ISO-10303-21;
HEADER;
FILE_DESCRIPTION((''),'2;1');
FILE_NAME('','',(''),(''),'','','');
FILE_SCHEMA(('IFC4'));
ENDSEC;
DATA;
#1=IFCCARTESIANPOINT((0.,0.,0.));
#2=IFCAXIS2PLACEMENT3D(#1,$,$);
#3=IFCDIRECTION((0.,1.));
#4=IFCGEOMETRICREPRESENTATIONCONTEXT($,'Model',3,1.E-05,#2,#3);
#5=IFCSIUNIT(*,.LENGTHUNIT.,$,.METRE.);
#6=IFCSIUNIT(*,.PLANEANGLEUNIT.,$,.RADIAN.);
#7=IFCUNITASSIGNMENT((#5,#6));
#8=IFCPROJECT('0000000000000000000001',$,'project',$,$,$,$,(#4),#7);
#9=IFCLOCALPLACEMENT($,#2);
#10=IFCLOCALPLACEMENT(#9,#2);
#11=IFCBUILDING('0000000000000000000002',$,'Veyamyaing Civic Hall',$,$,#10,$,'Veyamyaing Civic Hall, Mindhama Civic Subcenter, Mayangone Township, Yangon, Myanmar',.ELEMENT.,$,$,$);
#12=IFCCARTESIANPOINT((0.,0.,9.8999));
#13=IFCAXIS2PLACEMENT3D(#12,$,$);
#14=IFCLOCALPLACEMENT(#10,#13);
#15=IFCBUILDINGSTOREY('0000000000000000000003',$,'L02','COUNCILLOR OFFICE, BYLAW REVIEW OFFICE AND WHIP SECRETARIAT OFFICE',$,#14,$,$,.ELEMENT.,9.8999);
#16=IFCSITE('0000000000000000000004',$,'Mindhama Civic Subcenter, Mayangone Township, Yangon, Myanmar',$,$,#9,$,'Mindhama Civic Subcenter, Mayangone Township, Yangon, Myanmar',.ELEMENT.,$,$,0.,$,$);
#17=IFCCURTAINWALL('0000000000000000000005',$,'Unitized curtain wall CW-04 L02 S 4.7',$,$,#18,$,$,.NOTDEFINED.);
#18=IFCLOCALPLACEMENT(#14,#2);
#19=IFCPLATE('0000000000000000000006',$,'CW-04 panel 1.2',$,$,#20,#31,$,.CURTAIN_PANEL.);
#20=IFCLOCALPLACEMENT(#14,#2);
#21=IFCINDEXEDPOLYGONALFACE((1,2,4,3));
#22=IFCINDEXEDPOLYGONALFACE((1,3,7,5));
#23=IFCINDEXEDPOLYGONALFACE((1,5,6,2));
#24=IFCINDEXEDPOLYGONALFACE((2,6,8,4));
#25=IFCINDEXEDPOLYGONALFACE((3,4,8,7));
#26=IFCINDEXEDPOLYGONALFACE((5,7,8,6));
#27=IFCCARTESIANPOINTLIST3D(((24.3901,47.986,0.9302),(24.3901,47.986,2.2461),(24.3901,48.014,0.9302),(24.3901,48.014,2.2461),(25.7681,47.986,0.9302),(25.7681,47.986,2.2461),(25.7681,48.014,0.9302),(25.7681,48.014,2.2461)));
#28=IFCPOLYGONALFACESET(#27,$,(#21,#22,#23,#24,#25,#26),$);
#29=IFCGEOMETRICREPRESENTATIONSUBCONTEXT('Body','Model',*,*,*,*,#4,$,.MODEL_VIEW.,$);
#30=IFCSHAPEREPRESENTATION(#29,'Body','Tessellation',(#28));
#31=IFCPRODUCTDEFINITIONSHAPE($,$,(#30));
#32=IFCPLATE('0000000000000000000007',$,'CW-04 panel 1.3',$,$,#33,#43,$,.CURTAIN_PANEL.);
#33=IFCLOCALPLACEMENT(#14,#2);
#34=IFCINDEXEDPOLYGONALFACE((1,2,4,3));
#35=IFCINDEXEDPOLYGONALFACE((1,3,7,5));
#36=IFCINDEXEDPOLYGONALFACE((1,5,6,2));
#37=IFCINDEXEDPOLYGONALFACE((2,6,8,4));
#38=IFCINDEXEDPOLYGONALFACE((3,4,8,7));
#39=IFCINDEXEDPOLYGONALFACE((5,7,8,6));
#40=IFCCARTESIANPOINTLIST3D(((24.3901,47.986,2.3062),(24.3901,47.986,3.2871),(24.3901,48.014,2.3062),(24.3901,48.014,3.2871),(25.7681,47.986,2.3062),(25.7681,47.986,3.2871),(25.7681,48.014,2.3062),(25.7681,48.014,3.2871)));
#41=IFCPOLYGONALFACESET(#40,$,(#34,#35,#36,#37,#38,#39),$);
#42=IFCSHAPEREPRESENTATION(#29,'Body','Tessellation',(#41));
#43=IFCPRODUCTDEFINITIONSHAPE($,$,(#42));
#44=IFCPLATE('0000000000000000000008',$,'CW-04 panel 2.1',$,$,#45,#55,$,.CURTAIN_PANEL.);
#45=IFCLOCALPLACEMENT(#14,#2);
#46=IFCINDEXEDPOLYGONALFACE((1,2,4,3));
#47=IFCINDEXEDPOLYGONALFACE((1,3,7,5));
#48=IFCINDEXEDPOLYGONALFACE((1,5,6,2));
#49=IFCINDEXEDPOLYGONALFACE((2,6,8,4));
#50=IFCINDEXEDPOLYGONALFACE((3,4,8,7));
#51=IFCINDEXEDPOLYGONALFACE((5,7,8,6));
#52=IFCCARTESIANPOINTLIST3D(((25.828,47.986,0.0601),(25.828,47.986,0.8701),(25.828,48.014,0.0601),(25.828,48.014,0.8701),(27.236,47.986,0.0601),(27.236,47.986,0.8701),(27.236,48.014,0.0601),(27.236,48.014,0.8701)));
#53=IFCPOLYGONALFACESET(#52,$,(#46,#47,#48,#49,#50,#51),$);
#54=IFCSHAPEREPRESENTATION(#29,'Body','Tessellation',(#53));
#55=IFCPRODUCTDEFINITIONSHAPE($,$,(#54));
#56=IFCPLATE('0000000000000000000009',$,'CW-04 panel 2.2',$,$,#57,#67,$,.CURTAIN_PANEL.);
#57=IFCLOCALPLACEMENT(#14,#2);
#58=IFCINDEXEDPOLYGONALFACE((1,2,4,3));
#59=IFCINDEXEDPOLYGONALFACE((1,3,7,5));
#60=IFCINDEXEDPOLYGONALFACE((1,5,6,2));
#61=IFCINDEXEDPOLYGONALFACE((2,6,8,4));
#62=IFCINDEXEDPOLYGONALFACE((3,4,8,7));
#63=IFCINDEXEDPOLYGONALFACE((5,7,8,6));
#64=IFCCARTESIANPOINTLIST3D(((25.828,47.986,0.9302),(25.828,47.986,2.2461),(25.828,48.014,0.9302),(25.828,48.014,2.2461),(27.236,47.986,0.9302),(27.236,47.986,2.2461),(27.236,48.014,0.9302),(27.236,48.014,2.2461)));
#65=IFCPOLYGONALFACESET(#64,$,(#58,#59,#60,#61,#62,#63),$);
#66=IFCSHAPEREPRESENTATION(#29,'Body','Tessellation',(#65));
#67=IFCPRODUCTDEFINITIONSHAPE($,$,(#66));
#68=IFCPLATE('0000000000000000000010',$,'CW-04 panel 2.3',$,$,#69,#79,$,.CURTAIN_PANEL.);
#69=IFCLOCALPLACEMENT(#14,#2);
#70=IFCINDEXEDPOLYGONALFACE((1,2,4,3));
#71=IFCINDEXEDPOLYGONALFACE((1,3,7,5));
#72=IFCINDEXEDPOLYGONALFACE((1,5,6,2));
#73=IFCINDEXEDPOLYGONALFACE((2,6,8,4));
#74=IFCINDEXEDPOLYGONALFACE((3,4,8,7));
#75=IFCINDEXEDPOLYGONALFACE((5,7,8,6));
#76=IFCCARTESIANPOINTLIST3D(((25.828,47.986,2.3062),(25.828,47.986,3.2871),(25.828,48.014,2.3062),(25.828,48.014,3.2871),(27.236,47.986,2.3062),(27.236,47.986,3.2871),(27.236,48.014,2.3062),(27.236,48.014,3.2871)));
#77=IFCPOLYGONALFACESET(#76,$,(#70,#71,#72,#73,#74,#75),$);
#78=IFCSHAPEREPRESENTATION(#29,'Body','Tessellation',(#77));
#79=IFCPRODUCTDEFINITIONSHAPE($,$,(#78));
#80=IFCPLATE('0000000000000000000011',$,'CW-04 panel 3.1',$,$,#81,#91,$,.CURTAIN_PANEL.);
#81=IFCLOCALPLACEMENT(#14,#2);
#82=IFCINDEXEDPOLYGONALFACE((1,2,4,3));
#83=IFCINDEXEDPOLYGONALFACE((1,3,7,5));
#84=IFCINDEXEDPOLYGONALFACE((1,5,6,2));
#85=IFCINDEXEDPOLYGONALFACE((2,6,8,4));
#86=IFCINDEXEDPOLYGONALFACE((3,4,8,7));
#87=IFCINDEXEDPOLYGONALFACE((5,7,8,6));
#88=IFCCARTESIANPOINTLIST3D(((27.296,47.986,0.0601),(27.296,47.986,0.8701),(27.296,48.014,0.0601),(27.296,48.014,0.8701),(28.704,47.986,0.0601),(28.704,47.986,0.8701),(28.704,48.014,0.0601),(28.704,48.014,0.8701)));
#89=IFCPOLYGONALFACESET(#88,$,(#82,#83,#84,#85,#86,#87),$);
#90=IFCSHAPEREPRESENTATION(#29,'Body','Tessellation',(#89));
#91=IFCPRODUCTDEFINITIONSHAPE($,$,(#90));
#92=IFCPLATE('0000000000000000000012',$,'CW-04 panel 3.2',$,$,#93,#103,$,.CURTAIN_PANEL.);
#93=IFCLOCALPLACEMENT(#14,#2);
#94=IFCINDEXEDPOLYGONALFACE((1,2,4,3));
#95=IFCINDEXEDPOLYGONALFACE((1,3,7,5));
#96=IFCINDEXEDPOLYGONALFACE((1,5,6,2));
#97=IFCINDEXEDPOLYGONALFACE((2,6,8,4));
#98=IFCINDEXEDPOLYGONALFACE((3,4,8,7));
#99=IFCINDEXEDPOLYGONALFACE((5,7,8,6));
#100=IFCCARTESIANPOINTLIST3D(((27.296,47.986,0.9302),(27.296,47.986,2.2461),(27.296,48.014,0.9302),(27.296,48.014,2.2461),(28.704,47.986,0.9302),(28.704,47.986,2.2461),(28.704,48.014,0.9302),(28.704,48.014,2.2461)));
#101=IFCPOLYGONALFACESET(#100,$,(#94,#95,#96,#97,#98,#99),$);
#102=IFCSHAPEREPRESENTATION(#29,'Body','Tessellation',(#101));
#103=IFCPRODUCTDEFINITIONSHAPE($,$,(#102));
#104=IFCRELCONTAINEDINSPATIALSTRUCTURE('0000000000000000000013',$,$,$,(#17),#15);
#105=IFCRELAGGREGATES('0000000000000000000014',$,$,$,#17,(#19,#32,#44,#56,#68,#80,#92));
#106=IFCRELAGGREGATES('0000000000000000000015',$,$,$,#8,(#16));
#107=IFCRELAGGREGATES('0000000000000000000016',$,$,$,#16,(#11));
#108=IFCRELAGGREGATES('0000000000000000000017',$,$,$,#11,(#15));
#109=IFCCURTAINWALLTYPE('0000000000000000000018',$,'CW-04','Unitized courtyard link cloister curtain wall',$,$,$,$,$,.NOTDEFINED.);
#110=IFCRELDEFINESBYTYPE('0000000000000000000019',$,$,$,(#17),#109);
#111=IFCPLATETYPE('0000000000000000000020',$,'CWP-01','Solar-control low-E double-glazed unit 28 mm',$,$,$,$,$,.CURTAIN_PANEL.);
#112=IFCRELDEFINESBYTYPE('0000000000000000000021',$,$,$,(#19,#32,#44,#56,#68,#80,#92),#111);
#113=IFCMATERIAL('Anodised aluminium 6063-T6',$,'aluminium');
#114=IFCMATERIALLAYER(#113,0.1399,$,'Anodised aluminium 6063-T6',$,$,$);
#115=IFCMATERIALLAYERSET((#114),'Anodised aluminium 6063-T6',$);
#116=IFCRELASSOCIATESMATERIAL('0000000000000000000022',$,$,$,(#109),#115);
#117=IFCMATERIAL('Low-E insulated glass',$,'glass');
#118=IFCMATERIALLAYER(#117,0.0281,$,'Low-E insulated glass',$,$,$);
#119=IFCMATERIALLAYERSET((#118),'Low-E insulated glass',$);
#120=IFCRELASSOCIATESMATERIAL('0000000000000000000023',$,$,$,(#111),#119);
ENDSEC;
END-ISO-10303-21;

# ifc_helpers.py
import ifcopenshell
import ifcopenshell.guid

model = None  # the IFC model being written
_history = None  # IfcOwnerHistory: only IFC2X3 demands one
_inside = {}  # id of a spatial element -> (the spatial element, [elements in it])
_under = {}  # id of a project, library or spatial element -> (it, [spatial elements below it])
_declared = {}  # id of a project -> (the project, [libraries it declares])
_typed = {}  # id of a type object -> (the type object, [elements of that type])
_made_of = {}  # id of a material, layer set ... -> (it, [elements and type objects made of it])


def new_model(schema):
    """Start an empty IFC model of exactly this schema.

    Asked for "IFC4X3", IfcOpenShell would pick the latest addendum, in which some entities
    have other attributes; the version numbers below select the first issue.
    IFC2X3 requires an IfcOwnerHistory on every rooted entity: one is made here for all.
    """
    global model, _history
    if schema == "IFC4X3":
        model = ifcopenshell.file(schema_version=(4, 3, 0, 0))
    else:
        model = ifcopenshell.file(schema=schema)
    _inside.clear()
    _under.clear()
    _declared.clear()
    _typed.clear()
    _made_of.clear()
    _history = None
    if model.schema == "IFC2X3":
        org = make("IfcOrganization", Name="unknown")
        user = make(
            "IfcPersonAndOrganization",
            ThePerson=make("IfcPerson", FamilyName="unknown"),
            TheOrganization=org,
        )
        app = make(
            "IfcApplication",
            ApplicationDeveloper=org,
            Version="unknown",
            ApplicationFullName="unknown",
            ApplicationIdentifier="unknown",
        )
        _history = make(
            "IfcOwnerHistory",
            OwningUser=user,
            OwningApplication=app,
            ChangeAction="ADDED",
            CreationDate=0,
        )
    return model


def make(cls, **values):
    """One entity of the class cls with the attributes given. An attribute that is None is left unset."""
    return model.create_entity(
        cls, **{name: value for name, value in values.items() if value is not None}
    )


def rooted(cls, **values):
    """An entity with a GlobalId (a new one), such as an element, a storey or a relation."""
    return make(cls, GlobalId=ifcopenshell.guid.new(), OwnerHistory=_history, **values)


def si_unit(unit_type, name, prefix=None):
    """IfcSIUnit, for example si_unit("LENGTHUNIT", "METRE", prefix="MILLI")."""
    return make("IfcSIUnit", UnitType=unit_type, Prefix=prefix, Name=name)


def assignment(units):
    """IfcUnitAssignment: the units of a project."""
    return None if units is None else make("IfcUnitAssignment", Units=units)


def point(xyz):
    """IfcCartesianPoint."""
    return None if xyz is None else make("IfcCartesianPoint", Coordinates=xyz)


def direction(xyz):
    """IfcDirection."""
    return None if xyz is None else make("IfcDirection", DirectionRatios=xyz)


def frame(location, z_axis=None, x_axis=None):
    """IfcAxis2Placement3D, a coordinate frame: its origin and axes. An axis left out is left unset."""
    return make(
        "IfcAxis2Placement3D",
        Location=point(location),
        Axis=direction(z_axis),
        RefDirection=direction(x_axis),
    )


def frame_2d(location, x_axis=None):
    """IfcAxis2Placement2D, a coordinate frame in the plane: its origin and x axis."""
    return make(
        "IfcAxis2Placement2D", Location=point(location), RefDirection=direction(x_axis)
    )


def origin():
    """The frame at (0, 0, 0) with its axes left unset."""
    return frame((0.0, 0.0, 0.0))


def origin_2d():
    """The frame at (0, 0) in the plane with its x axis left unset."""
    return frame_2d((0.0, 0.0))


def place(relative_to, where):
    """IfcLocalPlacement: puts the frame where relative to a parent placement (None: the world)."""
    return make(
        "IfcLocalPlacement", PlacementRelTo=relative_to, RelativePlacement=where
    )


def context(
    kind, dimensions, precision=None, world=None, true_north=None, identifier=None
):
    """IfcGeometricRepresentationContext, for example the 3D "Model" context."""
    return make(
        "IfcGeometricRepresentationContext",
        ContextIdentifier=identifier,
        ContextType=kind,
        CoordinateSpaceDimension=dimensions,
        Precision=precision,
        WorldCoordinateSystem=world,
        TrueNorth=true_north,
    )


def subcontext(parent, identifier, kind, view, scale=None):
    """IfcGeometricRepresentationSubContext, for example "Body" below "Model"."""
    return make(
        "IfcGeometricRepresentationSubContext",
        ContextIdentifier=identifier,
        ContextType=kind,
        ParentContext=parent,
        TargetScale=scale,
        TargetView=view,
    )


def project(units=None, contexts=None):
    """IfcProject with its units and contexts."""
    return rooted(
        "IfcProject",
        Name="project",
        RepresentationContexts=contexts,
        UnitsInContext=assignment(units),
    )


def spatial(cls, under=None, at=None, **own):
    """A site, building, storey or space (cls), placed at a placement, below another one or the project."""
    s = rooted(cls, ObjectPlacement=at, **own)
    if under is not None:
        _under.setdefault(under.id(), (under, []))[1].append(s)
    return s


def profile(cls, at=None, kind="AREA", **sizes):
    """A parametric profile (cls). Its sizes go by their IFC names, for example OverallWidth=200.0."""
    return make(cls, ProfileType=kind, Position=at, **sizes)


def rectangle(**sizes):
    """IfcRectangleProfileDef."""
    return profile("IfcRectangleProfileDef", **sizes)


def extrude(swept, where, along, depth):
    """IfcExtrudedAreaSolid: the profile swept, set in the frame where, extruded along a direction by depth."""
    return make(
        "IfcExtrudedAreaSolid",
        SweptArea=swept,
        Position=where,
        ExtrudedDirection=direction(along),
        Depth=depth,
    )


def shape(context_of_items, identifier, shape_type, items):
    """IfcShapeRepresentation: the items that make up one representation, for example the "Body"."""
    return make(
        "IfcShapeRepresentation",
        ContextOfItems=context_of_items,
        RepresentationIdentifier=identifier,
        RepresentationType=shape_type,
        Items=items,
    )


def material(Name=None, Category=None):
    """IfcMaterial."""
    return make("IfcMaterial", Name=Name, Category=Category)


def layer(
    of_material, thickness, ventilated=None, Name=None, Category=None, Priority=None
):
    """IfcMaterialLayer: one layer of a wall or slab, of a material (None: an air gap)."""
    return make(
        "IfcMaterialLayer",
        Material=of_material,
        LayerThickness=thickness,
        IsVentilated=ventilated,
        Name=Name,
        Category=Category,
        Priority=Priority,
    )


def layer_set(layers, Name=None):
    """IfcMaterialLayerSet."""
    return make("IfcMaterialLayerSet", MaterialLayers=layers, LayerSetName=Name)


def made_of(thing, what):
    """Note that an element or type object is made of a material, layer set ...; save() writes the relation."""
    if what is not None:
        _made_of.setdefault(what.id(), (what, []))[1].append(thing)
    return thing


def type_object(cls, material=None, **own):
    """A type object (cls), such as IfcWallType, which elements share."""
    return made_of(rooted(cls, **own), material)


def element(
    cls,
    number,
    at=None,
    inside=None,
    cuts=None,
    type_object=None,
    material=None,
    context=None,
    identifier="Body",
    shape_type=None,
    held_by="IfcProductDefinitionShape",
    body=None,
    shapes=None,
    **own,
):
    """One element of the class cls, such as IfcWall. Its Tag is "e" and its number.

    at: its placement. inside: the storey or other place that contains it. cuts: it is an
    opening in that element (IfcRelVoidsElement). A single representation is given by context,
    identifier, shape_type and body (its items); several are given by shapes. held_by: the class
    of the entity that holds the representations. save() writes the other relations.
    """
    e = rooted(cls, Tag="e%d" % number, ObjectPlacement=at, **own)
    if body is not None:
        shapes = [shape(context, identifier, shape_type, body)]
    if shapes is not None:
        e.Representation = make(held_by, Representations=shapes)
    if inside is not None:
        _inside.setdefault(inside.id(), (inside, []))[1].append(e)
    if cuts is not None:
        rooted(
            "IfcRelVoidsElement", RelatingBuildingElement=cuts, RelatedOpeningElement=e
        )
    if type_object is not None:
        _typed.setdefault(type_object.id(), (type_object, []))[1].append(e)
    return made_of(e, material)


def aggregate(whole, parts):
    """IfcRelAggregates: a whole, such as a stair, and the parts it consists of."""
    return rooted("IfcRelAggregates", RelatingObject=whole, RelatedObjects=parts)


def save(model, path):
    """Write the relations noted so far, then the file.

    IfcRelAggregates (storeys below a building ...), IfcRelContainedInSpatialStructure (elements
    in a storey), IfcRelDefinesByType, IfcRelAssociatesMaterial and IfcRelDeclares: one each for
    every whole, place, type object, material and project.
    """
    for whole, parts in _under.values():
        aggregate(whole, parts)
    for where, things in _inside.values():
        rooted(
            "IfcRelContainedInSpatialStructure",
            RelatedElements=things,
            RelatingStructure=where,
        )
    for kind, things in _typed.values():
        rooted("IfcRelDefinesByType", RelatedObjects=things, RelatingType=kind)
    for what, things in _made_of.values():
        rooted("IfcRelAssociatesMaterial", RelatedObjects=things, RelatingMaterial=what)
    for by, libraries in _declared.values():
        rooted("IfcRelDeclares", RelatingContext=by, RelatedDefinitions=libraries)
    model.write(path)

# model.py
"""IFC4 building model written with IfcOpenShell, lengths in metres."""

from ifc_helpers import new_model, si_unit, direction, frame, origin, origin_2d, place, context, subcontext, project, spatial, rectangle, extrude, material, layer, layer_set, type_object, element, aggregate, save


model = new_model("IFC4")

# Units and contexts
model_context = context("Model", 3, precision=1e-05, world=origin(), true_north=direction((0.0, 1.0)))
body_context = subcontext(model_context, "Body", "Model", "MODEL_VIEW")
ifc_project = project(units=[si_unit("LENGTHUNIT", "METRE"), si_unit("PLANEANGLEUNIT", "RADIAN")], contexts=[model_context])

# Site, building, storey
site_placement = place(None, origin())
site = spatial("IfcSite", under=ifc_project, at=site_placement, Name="Mindhama Civic Subcenter, Mayangone Township, Yangon, Myanmar", LongName="Mindhama Civic Subcenter, Mayangone Township, Yangon, Myanmar", CompositionType="ELEMENT", RefElevation=0.0)
building_placement = place(site_placement, origin())
building = spatial("IfcBuilding", under=site, at=building_placement, Name="Veyamyaing Civic Hall", LongName="Veyamyaing Civic Hall, Mindhama Civic Subcenter, Mayangone Township, Yangon, Myanmar", CompositionType="ELEMENT")
storey_placement = place(building_placement, frame((0.0, 0.0, 9.8999)))
storey = spatial("IfcBuildingStorey", under=building, at=storey_placement, Name="L02", Description="COUNCILLOR OFFICE, BYLAW REVIEW OFFICE AND WHIP SECRETARIAT OFFICE", CompositionType="ELEMENT", Elevation=9.8999)

# Curtain wall, plates
ifc_material_1 = material(Name="Anodised aluminium 6063-T6", Category="aluminium")
ifc_layer_1 = layer(ifc_material_1, 0.1399, Name="Anodised aluminium 6063-T6")
ifc_layer_set_1 = layer_set([ifc_layer_1], Name="Anodised aluminium 6063-T6")
curtain_wall_type = type_object("IfcCurtainWallType", Name="CW-04", Description="Unitized courtyard link cloister curtain wall", PredefinedType="NOTDEFINED", material=ifc_layer_set_1)
curtain_wall_placement = place(storey_placement, origin())
curtain_wall = element("IfcCurtainWall", 1, at=curtain_wall_placement, inside=storey, type_object=curtain_wall_type, Name="Unitized curtain wall CW-04 L02 S 4.7", PredefinedType="NOTDEFINED")
ifc_material_2 = material(Name="Low-E insulated glass", Category="glass")
ifc_layer_2 = layer(ifc_material_2, 0.0281, Name="Low-E insulated glass")
ifc_layer_set_2 = layer_set([ifc_layer_2], Name="Low-E insulated glass")
plate_type = type_object("IfcPlateType", Name="CWP-01", Description="Solar-control low-E double-glazed unit 28 mm", PredefinedType="CURTAIN_PANEL", material=ifc_layer_set_2)
plate_1_placement = place(storey_placement, frame((25.0791, 48.0, 0.9302), z_axis=(0.0, 0.0, 1.0), x_axis=(1.0, 0.0, 0.0)))
plate_1 = element("IfcPlate", 2, at=plate_1_placement, type_object=plate_type, Name="CW-04 panel 1.2", PredefinedType="CURTAIN_PANEL", context=body_context, shape_type="SweptSolid", body=[
    extrude(rectangle(XDim=1.3779, YDim=0.0281, at=origin_2d()), origin(), (0.0, 0.0, 1.0), 1.3159),
])
plate_2_placement = place(storey_placement, frame((25.0791, 48.0, 2.3062), z_axis=(0.0, 0.0, 1.0), x_axis=(1.0, 0.0, 0.0)))
plate_2 = element("IfcPlate", 3, at=plate_2_placement, type_object=plate_type, Name="CW-04 panel 1.3", PredefinedType="CURTAIN_PANEL", context=body_context, shape_type="SweptSolid", body=[
    extrude(rectangle(XDim=1.3779, YDim=0.0281, at=origin_2d()), origin(), (0.0, 0.0, 1.0), 0.981),
])
plate_3_placement = place(storey_placement, frame((26.532, 48.0, 0.0601), z_axis=(0.0, 0.0, 1.0), x_axis=(1.0, 0.0, 0.0)))
plate_3 = element("IfcPlate", 4, at=plate_3_placement, type_object=plate_type, Name="CW-04 panel 2.1", PredefinedType="CURTAIN_PANEL", context=body_context, shape_type="SweptSolid", body=[
    extrude(rectangle(XDim=1.408, YDim=0.0281, at=origin_2d()), origin(), (0.0, 0.0, 1.0), 0.8101),
])
plate_4_placement = place(storey_placement, frame((26.532, 48.0, 0.9302), z_axis=(0.0, 0.0, 1.0), x_axis=(1.0, 0.0, 0.0)))
plate_4 = element("IfcPlate", 5, at=plate_4_placement, type_object=plate_type, Name="CW-04 panel 2.2", PredefinedType="CURTAIN_PANEL", context=body_context, shape_type="SweptSolid", body=[
    extrude(rectangle(XDim=1.408, YDim=0.0281, at=origin_2d()), origin(), (0.0, 0.0, 1.0), 1.3159),
])
plate_5_placement = place(storey_placement, frame((26.532, 48.0, 2.3062), z_axis=(0.0, 0.0, 1.0), x_axis=(1.0, 0.0, 0.0)))
plate_5 = element("IfcPlate", 6, at=plate_5_placement, type_object=plate_type, Name="CW-04 panel 2.3", PredefinedType="CURTAIN_PANEL", context=body_context, shape_type="SweptSolid", body=[
    extrude(rectangle(XDim=1.408, YDim=0.0281, at=origin_2d()), origin(), (0.0, 0.0, 1.0), 0.981),
])
plate_6_placement = place(storey_placement, frame((28.0, 48.0, 0.0601), z_axis=(0.0, 0.0, 1.0), x_axis=(1.0, 0.0, 0.0)))
plate_6 = element("IfcPlate", 7, at=plate_6_placement, type_object=plate_type, Name="CW-04 panel 3.1", PredefinedType="CURTAIN_PANEL", context=body_context, shape_type="SweptSolid", body=[
    extrude(rectangle(XDim=1.408, YDim=0.0281, at=origin_2d()), origin(), (0.0, 0.0, 1.0), 0.8101),
])
plate_7_placement = place(storey_placement, frame((28.0, 48.0, 0.9302), z_axis=(0.0, 0.0, 1.0), x_axis=(1.0, 0.0, 0.0)))
plate_7 = element("IfcPlate", 8, at=plate_7_placement, type_object=plate_type, Name="CW-04 panel 3.2", PredefinedType="CURTAIN_PANEL", context=body_context, shape_type="SweptSolid", body=[
    extrude(rectangle(XDim=1.408, YDim=0.0281, at=origin_2d()), origin(), (0.0, 0.0, 1.0), 1.3159),
])
aggregate(curtain_wall, [plate_1, plate_2, plate_3, plate_4, plate_5, plate_6, plate_7])

save(model, "model.ifc")
